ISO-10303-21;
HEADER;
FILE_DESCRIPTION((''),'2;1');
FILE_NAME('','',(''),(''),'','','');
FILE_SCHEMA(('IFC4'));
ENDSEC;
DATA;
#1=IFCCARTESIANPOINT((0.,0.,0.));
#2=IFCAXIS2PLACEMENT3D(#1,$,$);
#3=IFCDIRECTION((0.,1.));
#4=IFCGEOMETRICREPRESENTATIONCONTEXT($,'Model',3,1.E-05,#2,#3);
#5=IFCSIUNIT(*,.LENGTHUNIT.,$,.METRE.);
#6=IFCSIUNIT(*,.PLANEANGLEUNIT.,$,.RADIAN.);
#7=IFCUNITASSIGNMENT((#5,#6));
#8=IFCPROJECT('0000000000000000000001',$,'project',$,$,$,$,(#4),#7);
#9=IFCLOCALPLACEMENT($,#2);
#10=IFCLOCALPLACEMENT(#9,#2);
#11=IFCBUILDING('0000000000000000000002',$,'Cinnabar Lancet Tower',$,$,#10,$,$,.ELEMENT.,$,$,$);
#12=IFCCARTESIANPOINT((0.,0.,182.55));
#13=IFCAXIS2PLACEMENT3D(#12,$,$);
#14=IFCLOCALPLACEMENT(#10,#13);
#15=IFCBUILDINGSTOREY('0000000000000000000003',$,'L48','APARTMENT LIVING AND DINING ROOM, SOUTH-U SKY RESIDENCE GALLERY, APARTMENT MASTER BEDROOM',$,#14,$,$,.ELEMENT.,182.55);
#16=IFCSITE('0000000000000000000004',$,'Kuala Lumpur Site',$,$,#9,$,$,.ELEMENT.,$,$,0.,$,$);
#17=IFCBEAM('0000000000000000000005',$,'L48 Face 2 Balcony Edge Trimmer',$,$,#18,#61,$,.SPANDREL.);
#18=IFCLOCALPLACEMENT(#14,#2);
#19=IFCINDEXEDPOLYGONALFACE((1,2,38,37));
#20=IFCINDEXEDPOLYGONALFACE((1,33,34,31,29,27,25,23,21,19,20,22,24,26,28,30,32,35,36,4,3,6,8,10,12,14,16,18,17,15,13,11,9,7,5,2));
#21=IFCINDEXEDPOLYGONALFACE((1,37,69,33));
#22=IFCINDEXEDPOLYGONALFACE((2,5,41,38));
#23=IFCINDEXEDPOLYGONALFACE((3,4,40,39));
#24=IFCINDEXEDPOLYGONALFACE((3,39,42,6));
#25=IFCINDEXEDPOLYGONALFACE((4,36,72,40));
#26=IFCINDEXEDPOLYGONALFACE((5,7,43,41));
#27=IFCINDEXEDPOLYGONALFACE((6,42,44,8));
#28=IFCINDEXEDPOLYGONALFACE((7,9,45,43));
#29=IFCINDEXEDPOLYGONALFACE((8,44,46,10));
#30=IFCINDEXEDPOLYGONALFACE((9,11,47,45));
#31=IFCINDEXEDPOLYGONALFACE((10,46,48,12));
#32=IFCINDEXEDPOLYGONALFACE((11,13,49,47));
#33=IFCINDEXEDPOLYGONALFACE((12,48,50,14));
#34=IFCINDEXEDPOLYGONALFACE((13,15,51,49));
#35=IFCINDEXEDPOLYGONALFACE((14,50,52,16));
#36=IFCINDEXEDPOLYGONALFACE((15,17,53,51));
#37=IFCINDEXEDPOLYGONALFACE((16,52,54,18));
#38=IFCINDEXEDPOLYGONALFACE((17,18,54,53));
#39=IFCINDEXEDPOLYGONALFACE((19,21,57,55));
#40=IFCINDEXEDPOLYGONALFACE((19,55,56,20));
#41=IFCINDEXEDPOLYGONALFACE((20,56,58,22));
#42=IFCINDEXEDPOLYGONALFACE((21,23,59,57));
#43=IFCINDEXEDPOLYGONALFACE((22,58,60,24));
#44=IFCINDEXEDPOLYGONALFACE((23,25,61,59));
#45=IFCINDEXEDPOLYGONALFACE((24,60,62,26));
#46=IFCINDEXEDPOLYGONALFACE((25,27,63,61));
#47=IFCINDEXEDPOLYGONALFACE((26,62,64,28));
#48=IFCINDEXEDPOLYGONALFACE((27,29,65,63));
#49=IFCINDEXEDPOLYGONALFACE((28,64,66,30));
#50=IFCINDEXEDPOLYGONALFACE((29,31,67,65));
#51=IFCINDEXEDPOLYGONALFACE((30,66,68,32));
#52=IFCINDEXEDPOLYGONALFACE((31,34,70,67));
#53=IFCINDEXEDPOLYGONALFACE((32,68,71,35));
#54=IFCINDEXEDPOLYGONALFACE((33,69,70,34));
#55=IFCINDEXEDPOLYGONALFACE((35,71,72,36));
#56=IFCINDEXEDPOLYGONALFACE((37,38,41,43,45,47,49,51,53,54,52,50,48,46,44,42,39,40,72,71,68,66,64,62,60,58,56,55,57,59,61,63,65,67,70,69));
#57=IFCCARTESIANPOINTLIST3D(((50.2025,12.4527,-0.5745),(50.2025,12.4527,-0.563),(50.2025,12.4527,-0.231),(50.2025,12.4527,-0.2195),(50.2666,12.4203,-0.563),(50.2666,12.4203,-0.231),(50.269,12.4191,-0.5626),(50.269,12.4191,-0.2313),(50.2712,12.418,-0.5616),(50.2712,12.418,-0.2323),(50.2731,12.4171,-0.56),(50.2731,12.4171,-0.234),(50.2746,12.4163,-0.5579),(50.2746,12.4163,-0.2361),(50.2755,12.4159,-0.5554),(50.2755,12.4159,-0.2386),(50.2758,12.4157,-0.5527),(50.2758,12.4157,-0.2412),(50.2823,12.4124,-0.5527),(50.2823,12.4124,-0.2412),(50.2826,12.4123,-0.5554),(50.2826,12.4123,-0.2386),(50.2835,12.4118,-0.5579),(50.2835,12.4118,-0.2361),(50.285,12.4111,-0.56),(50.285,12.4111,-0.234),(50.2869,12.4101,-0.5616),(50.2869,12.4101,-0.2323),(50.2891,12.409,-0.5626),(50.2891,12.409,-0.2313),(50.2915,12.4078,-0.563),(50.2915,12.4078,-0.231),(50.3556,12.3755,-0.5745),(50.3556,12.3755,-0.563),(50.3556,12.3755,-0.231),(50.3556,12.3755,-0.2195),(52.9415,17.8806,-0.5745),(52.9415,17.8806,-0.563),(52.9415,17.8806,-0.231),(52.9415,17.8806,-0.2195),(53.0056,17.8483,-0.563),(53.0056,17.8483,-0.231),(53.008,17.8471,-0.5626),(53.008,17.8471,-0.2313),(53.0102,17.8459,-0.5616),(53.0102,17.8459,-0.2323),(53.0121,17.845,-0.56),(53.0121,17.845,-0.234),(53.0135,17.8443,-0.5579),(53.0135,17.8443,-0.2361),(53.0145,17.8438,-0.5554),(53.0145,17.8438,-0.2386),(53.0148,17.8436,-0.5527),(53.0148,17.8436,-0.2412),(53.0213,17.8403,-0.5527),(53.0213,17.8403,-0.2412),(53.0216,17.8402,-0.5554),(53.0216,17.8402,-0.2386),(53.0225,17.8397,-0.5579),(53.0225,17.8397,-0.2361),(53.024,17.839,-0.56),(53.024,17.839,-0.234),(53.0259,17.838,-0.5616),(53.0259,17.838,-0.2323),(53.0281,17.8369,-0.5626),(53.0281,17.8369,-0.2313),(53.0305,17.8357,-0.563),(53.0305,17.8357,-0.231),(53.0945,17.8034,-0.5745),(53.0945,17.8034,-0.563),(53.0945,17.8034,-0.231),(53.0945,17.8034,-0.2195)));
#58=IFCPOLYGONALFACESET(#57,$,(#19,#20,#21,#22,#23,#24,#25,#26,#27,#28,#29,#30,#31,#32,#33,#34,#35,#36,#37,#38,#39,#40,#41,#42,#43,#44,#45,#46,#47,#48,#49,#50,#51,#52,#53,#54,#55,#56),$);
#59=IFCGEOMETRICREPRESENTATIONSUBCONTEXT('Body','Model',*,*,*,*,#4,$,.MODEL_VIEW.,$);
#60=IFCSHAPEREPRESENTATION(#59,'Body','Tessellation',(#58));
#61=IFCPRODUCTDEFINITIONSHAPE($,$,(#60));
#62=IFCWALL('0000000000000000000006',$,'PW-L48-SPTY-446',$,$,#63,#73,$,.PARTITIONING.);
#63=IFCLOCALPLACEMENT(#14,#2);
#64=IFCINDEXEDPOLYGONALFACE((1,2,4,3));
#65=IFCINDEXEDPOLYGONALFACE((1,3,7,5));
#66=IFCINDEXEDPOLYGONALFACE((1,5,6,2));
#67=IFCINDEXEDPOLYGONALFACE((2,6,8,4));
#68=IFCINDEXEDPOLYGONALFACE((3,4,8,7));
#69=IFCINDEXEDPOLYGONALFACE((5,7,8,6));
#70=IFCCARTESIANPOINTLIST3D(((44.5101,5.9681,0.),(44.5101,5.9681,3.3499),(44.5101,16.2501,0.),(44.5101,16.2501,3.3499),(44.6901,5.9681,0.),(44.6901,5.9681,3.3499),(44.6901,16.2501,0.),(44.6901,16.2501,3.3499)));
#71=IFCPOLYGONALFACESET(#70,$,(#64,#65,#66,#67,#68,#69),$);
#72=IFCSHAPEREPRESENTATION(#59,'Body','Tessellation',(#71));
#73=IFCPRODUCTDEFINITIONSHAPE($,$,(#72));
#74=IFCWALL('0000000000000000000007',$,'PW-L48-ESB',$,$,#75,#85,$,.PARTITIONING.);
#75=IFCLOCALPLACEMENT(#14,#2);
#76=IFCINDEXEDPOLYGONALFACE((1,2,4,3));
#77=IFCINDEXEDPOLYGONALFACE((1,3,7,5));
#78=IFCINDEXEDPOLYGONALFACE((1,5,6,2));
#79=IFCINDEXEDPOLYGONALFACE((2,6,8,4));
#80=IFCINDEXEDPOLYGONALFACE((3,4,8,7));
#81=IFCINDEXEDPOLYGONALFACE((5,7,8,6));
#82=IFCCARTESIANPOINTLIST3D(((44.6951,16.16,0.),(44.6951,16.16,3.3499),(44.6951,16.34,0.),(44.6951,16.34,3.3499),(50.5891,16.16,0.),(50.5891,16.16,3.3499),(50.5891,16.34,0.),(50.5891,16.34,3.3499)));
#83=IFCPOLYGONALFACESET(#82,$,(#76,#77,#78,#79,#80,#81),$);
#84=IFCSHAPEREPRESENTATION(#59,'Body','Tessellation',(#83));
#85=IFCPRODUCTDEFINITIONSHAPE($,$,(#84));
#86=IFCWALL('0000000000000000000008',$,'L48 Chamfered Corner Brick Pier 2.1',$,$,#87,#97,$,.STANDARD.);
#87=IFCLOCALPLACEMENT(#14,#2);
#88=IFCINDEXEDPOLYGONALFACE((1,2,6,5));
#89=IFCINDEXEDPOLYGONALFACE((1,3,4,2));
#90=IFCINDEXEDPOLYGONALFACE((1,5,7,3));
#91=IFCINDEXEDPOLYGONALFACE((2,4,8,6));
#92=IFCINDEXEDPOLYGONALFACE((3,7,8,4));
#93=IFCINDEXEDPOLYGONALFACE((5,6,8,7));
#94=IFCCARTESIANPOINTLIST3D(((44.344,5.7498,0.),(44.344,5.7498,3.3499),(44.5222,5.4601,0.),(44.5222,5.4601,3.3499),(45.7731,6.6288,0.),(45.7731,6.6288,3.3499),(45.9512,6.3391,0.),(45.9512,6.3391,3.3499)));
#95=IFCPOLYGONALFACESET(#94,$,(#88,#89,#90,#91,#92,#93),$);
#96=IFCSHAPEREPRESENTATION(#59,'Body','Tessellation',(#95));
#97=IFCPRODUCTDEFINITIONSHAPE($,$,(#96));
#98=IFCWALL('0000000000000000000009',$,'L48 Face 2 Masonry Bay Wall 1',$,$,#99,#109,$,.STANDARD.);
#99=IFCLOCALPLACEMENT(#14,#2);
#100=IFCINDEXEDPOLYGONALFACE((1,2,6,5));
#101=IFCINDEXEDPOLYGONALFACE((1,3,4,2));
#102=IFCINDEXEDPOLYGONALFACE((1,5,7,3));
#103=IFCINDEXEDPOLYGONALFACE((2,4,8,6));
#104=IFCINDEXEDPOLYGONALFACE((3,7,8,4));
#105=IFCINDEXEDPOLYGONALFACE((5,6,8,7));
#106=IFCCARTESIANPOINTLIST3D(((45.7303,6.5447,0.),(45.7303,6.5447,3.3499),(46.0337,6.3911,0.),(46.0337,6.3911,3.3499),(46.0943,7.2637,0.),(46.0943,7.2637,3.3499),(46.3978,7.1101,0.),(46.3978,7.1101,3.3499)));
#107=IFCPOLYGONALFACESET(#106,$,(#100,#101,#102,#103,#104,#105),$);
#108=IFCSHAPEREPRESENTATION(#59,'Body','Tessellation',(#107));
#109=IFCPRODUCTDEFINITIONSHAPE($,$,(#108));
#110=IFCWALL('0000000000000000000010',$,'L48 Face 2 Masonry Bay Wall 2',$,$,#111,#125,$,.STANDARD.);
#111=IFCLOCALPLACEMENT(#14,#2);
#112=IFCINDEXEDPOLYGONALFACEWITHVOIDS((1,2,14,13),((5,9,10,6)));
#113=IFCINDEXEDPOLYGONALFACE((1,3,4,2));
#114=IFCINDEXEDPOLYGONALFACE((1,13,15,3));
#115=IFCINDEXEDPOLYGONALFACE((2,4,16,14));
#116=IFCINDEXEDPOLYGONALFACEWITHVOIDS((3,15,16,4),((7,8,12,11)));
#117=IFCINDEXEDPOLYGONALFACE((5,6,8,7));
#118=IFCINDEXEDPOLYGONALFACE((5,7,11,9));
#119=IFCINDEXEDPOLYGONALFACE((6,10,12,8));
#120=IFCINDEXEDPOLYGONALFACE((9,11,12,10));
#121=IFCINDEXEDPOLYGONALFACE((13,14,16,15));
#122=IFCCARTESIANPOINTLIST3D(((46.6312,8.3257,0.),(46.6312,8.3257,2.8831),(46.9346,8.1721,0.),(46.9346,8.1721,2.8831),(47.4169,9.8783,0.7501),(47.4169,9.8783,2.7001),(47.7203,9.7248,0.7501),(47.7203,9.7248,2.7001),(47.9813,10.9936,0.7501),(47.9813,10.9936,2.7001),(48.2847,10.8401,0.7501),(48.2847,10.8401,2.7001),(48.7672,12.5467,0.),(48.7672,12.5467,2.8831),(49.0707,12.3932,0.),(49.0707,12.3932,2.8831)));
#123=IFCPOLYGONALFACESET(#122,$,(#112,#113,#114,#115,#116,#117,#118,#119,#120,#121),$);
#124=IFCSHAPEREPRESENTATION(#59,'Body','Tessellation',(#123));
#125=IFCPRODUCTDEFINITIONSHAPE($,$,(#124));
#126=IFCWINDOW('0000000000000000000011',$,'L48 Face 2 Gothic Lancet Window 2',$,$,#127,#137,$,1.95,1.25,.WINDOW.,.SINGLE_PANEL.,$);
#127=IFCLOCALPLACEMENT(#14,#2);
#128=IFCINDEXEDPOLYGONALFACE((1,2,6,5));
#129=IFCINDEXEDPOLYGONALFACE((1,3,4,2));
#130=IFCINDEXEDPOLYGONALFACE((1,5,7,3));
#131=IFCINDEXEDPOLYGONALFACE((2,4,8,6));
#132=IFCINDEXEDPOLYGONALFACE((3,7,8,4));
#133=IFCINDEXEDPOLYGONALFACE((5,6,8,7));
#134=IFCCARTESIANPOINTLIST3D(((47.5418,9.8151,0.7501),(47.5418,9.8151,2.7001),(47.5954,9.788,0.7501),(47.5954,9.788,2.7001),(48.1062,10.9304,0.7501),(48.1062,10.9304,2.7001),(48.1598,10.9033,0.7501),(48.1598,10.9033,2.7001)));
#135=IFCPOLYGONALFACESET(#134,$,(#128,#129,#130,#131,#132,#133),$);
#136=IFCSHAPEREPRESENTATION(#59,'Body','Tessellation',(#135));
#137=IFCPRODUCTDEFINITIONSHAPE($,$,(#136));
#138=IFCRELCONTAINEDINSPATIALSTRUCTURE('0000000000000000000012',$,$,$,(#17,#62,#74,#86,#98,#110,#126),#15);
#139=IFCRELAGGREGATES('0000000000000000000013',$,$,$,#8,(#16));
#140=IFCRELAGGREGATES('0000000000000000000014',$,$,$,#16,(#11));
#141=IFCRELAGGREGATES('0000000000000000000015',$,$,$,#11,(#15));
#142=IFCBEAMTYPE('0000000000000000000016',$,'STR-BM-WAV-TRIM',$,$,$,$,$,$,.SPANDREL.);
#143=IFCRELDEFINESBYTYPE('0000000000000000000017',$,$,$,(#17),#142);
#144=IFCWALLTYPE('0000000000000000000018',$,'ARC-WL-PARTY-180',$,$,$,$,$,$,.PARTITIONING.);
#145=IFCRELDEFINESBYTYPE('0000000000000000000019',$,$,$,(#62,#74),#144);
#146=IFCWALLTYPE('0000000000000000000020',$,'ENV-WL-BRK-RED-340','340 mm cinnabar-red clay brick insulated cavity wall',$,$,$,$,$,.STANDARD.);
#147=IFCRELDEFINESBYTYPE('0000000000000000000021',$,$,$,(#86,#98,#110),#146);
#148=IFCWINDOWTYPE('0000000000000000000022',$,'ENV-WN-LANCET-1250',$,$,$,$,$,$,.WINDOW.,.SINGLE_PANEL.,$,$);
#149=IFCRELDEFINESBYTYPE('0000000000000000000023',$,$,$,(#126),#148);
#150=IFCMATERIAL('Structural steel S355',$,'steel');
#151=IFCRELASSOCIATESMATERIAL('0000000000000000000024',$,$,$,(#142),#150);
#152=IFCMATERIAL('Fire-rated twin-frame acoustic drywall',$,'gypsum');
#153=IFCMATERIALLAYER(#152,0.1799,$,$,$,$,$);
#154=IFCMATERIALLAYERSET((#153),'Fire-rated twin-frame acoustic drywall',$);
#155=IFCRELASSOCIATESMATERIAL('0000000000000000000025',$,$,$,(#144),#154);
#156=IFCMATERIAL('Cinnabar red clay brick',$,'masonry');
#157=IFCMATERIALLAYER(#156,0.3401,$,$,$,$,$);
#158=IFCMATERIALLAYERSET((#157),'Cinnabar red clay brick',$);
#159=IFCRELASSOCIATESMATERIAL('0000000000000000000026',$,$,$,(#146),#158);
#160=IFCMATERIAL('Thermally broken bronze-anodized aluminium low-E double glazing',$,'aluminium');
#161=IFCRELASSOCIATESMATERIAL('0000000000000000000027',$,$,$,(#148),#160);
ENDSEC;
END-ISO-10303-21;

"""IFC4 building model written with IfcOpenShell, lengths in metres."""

from ifc_helpers import new_model, si_unit, direction, frame, frame_2d, origin, origin_2d, place, context, subcontext, project, spatial, rectangle, i_section, extrude, material, layer, layer_set, material_profile, profile_set, type_object, element, fill, save


model = new_model("IFC4")

# Units and contexts
model_context = context("Model", 3, precision=1e-05, world=origin(), true_north=direction((0.0, 1.0)))
body_context = subcontext(model_context, "Body", "Model", "MODEL_VIEW")
ifc_project = project(units=[si_unit("LENGTHUNIT", "METRE"), si_unit("PLANEANGLEUNIT", "RADIAN")], contexts=[model_context])

# Site, building, storey
site_placement = place(None, origin())
site = spatial("IfcSite", under=ifc_project, at=site_placement, Name="Kuala Lumpur Site", CompositionType="ELEMENT", RefElevation=0.0)
building_placement = place(site_placement, origin())
building = spatial("IfcBuilding", under=site, at=building_placement, Name="Cinnabar Lancet Tower", CompositionType="ELEMENT")
storey_placement = place(building_placement, frame((0.0, 0.0, 182.55)))
storey = spatial("IfcBuildingStorey", under=building, at=storey_placement, Name="L48", Description="APARTMENT LIVING AND DINING ROOM, SOUTH-U SKY RESIDENCE GALLERY, APARTMENT MASTER BEDROOM", CompositionType="ELEMENT", Elevation=182.55)

# Beam
ifc_material_1 = material(Name="Structural steel S355", Category="steel")
ifc_material_profile_1 = material_profile(ifc_material_1, i_section(OverallWidth=0.1714, OverallDepth=0.355, WebThickness=0.0073, FlangeThickness=0.0115, FilletRadius=0.0103, at=origin_2d()), Name="UKB 356x171x51")
ifc_profile_set_1 = profile_set([ifc_material_profile_1], Name="Structural steel S355")
beam_type_1 = type_object("IfcBeamType", Name="STR-BM-WAV-TRIM", PredefinedType="SPANDREL", material=ifc_profile_set_1)
beam_1_placement = place(storey_placement, frame((50.2791, 12.4141, -0.397), z_axis=(0.450503, 0.892775, 0.0), x_axis=(-0.892775, 0.450503, 0.0)))
element("IfcBeam", 1, at=beam_1_placement, inside=storey, type_object=beam_type_1, Name="L48 Face 2 Balcony Edge Trimmer", PredefinedType="SPANDREL", context=body_context, shape_type="SweptSolid", body=[
    extrude(i_section(OverallWidth=0.1714, OverallDepth=0.355, WebThickness=0.0073, FlangeThickness=0.0115, FilletRadius=0.0103, at=origin_2d()), origin(), (0.0, 0.0, 1.0), 6.0798),
])

# Walls
ifc_material_2 = material(Name="Fire-rated twin-frame acoustic drywall", Category="gypsum")
ifc_layer_1 = layer(ifc_material_2, 0.1799)
ifc_layer_set_1 = layer_set([ifc_layer_1], Name="Fire-rated twin-frame acoustic drywall")
wall_type_1 = type_object("IfcWallType", Name="ARC-WL-PARTY-180", PredefinedType="PARTITIONING", material=ifc_layer_set_1)
wall_1_placement = place(storey_placement, frame((44.6001, 5.968, 0.0), z_axis=(0.0, 0.0, 1.0), x_axis=(0.0, 1.0, 0.0)))
element("IfcWall", 2, at=wall_1_placement, inside=storey, type_object=wall_type_1, Name="PW-L48-SPTY-446", PredefinedType="PARTITIONING", context=body_context, shape_type="SweptSolid", body=[
    extrude(rectangle(XDim=10.282, YDim=0.1799, at=frame_2d((5.1411, 0.0))), origin(), (0.0, 0.0, 1.0), 3.3499),
])
wall_2_placement = place(storey_placement, frame((44.6951, 16.25, 0.0), z_axis=(0.0, 0.0, 1.0), x_axis=(1.0, 0.0, 0.0)))
element("IfcWall", 3, at=wall_2_placement, inside=storey, type_object=wall_type_1, Name="PW-L48-ESB", PredefinedType="PARTITIONING", context=body_context, shape_type="SweptSolid", body=[
    extrude(rectangle(XDim=5.894, YDim=0.1799, at=frame_2d((2.947, 0.0))), origin(), (0.0, 0.0, 1.0), 3.3499),
])
ifc_material_3 = material(Name="Cinnabar red clay brick", Category="masonry")
ifc_layer_2 = layer(ifc_material_3, 0.3401)
ifc_layer_set_2 = layer_set([ifc_layer_2], Name="Cinnabar red clay brick")
wall_type_2 = type_object("IfcWallType", Name="ENV-WL-BRK-RED-340", Description="340 mm cinnabar-red clay brick insulated cavity wall", PredefinedType="STANDARD", material=ifc_layer_set_2)
wall_3_placement = place(storey_placement, frame((44.4331, 5.605, 0.0), z_axis=(0.0, 0.0, 1.0), x_axis=(0.851778, 0.523903, 0.0)))
element("IfcWall", 4, at=wall_3_placement, inside=storey, type_object=wall_type_2, Name="L48 Chamfered Corner Brick Pier 2.1", PredefinedType="STANDARD", context=body_context, shape_type="SweptSolid", body=[
    extrude(rectangle(XDim=1.6777, YDim=0.3401, at=frame_2d((0.8389, 0.0))), origin(), (0.0, 0.0, 1.0), 3.3499),
])
wall_4_placement = place(storey_placement, frame((45.8821, 6.468, 0.0), z_axis=(0.0, 0.0, 1.0), x_axis=(0.451692, 0.892174, 0.0)))
element("IfcWall", 5, at=wall_4_placement, inside=storey, type_object=wall_type_2, Name="L48 Face 2 Masonry Bay Wall 1", PredefinedType="STANDARD", context=body_context, shape_type="SweptSolid", body=[
    extrude(rectangle(XDim=0.8059, YDim=0.3401, at=frame_2d((0.4028, 0.0))), origin(), (0.0, 0.0, 1.0), 3.3499),
])

# Wall, opening, window
wall_5_placement = place(storey_placement, frame((46.783, 8.249, 0.0), z_axis=(0.0, 0.0, 1.0), x_axis=(0.451523, 0.89226, 0.0)))
wall_5 = element("IfcWall", 6, at=wall_5_placement, inside=storey, type_object=wall_type_2, Name="L48 Face 2 Masonry Bay Wall 2", PredefinedType="STANDARD", context=body_context, shape_type="SweptSolid", body=[
    extrude(rectangle(XDim=4.7307, YDim=0.3401, at=frame_2d((2.3652, 0.0))), origin(), (0.0, 0.0, 1.0), 2.8831),
])
opening_1_placement = place(wall_5_placement, frame((1.74, 0.0, 0.75)))
opening_1 = element("IfcOpeningElement", 7, at=opening_1_placement, cuts=wall_5, PredefinedType="OPENING", context=body_context, shape_type="SweptSolid", body=[
    extrude(rectangle(XDim=1.25, YDim=1.95, at=frame_2d((0.625, 0.9751))), frame((0.0, 0.1799, 0.0), z_axis=(0.0, -1.0, 0.0), x_axis=(1.0, 0.0, 0.0)), (0.0, 0.0, 1.0), 0.3601),
])
ifc_material_4 = material(Name="Thermally broken bronze-anodized aluminium low-E double glazing", Category="aluminium")
window_type_1 = type_object("IfcWindowType", Name="ENV-WN-LANCET-1250", PartitioningType="SINGLE_PANEL", PredefinedType="WINDOW", material=ifc_material_4)
window_1_placement = place(opening_1_placement, origin())
window_1 = element("IfcWindow", 8, at=window_1_placement, inside=storey, type_object=window_type_1, Name="L48 Face 2 Gothic Lancet Window 2", OverallHeight=1.95, OverallWidth=1.25, PartitioningType="SINGLE_PANEL", PredefinedType="WINDOW", context=body_context, shape_type="SweptSolid", body=[
    extrude(rectangle(XDim=1.25, YDim=1.95, at=frame_2d((0.625, 0.9751))), frame((0.0, 0.03, 0.0), z_axis=(0.0, -1.0, 0.0), x_axis=(1.0, 0.0, 0.0)), (0.0, 0.0, 1.0), 0.0601),
])
fill(opening_1, window_1)

save(model, "model.ifc")
